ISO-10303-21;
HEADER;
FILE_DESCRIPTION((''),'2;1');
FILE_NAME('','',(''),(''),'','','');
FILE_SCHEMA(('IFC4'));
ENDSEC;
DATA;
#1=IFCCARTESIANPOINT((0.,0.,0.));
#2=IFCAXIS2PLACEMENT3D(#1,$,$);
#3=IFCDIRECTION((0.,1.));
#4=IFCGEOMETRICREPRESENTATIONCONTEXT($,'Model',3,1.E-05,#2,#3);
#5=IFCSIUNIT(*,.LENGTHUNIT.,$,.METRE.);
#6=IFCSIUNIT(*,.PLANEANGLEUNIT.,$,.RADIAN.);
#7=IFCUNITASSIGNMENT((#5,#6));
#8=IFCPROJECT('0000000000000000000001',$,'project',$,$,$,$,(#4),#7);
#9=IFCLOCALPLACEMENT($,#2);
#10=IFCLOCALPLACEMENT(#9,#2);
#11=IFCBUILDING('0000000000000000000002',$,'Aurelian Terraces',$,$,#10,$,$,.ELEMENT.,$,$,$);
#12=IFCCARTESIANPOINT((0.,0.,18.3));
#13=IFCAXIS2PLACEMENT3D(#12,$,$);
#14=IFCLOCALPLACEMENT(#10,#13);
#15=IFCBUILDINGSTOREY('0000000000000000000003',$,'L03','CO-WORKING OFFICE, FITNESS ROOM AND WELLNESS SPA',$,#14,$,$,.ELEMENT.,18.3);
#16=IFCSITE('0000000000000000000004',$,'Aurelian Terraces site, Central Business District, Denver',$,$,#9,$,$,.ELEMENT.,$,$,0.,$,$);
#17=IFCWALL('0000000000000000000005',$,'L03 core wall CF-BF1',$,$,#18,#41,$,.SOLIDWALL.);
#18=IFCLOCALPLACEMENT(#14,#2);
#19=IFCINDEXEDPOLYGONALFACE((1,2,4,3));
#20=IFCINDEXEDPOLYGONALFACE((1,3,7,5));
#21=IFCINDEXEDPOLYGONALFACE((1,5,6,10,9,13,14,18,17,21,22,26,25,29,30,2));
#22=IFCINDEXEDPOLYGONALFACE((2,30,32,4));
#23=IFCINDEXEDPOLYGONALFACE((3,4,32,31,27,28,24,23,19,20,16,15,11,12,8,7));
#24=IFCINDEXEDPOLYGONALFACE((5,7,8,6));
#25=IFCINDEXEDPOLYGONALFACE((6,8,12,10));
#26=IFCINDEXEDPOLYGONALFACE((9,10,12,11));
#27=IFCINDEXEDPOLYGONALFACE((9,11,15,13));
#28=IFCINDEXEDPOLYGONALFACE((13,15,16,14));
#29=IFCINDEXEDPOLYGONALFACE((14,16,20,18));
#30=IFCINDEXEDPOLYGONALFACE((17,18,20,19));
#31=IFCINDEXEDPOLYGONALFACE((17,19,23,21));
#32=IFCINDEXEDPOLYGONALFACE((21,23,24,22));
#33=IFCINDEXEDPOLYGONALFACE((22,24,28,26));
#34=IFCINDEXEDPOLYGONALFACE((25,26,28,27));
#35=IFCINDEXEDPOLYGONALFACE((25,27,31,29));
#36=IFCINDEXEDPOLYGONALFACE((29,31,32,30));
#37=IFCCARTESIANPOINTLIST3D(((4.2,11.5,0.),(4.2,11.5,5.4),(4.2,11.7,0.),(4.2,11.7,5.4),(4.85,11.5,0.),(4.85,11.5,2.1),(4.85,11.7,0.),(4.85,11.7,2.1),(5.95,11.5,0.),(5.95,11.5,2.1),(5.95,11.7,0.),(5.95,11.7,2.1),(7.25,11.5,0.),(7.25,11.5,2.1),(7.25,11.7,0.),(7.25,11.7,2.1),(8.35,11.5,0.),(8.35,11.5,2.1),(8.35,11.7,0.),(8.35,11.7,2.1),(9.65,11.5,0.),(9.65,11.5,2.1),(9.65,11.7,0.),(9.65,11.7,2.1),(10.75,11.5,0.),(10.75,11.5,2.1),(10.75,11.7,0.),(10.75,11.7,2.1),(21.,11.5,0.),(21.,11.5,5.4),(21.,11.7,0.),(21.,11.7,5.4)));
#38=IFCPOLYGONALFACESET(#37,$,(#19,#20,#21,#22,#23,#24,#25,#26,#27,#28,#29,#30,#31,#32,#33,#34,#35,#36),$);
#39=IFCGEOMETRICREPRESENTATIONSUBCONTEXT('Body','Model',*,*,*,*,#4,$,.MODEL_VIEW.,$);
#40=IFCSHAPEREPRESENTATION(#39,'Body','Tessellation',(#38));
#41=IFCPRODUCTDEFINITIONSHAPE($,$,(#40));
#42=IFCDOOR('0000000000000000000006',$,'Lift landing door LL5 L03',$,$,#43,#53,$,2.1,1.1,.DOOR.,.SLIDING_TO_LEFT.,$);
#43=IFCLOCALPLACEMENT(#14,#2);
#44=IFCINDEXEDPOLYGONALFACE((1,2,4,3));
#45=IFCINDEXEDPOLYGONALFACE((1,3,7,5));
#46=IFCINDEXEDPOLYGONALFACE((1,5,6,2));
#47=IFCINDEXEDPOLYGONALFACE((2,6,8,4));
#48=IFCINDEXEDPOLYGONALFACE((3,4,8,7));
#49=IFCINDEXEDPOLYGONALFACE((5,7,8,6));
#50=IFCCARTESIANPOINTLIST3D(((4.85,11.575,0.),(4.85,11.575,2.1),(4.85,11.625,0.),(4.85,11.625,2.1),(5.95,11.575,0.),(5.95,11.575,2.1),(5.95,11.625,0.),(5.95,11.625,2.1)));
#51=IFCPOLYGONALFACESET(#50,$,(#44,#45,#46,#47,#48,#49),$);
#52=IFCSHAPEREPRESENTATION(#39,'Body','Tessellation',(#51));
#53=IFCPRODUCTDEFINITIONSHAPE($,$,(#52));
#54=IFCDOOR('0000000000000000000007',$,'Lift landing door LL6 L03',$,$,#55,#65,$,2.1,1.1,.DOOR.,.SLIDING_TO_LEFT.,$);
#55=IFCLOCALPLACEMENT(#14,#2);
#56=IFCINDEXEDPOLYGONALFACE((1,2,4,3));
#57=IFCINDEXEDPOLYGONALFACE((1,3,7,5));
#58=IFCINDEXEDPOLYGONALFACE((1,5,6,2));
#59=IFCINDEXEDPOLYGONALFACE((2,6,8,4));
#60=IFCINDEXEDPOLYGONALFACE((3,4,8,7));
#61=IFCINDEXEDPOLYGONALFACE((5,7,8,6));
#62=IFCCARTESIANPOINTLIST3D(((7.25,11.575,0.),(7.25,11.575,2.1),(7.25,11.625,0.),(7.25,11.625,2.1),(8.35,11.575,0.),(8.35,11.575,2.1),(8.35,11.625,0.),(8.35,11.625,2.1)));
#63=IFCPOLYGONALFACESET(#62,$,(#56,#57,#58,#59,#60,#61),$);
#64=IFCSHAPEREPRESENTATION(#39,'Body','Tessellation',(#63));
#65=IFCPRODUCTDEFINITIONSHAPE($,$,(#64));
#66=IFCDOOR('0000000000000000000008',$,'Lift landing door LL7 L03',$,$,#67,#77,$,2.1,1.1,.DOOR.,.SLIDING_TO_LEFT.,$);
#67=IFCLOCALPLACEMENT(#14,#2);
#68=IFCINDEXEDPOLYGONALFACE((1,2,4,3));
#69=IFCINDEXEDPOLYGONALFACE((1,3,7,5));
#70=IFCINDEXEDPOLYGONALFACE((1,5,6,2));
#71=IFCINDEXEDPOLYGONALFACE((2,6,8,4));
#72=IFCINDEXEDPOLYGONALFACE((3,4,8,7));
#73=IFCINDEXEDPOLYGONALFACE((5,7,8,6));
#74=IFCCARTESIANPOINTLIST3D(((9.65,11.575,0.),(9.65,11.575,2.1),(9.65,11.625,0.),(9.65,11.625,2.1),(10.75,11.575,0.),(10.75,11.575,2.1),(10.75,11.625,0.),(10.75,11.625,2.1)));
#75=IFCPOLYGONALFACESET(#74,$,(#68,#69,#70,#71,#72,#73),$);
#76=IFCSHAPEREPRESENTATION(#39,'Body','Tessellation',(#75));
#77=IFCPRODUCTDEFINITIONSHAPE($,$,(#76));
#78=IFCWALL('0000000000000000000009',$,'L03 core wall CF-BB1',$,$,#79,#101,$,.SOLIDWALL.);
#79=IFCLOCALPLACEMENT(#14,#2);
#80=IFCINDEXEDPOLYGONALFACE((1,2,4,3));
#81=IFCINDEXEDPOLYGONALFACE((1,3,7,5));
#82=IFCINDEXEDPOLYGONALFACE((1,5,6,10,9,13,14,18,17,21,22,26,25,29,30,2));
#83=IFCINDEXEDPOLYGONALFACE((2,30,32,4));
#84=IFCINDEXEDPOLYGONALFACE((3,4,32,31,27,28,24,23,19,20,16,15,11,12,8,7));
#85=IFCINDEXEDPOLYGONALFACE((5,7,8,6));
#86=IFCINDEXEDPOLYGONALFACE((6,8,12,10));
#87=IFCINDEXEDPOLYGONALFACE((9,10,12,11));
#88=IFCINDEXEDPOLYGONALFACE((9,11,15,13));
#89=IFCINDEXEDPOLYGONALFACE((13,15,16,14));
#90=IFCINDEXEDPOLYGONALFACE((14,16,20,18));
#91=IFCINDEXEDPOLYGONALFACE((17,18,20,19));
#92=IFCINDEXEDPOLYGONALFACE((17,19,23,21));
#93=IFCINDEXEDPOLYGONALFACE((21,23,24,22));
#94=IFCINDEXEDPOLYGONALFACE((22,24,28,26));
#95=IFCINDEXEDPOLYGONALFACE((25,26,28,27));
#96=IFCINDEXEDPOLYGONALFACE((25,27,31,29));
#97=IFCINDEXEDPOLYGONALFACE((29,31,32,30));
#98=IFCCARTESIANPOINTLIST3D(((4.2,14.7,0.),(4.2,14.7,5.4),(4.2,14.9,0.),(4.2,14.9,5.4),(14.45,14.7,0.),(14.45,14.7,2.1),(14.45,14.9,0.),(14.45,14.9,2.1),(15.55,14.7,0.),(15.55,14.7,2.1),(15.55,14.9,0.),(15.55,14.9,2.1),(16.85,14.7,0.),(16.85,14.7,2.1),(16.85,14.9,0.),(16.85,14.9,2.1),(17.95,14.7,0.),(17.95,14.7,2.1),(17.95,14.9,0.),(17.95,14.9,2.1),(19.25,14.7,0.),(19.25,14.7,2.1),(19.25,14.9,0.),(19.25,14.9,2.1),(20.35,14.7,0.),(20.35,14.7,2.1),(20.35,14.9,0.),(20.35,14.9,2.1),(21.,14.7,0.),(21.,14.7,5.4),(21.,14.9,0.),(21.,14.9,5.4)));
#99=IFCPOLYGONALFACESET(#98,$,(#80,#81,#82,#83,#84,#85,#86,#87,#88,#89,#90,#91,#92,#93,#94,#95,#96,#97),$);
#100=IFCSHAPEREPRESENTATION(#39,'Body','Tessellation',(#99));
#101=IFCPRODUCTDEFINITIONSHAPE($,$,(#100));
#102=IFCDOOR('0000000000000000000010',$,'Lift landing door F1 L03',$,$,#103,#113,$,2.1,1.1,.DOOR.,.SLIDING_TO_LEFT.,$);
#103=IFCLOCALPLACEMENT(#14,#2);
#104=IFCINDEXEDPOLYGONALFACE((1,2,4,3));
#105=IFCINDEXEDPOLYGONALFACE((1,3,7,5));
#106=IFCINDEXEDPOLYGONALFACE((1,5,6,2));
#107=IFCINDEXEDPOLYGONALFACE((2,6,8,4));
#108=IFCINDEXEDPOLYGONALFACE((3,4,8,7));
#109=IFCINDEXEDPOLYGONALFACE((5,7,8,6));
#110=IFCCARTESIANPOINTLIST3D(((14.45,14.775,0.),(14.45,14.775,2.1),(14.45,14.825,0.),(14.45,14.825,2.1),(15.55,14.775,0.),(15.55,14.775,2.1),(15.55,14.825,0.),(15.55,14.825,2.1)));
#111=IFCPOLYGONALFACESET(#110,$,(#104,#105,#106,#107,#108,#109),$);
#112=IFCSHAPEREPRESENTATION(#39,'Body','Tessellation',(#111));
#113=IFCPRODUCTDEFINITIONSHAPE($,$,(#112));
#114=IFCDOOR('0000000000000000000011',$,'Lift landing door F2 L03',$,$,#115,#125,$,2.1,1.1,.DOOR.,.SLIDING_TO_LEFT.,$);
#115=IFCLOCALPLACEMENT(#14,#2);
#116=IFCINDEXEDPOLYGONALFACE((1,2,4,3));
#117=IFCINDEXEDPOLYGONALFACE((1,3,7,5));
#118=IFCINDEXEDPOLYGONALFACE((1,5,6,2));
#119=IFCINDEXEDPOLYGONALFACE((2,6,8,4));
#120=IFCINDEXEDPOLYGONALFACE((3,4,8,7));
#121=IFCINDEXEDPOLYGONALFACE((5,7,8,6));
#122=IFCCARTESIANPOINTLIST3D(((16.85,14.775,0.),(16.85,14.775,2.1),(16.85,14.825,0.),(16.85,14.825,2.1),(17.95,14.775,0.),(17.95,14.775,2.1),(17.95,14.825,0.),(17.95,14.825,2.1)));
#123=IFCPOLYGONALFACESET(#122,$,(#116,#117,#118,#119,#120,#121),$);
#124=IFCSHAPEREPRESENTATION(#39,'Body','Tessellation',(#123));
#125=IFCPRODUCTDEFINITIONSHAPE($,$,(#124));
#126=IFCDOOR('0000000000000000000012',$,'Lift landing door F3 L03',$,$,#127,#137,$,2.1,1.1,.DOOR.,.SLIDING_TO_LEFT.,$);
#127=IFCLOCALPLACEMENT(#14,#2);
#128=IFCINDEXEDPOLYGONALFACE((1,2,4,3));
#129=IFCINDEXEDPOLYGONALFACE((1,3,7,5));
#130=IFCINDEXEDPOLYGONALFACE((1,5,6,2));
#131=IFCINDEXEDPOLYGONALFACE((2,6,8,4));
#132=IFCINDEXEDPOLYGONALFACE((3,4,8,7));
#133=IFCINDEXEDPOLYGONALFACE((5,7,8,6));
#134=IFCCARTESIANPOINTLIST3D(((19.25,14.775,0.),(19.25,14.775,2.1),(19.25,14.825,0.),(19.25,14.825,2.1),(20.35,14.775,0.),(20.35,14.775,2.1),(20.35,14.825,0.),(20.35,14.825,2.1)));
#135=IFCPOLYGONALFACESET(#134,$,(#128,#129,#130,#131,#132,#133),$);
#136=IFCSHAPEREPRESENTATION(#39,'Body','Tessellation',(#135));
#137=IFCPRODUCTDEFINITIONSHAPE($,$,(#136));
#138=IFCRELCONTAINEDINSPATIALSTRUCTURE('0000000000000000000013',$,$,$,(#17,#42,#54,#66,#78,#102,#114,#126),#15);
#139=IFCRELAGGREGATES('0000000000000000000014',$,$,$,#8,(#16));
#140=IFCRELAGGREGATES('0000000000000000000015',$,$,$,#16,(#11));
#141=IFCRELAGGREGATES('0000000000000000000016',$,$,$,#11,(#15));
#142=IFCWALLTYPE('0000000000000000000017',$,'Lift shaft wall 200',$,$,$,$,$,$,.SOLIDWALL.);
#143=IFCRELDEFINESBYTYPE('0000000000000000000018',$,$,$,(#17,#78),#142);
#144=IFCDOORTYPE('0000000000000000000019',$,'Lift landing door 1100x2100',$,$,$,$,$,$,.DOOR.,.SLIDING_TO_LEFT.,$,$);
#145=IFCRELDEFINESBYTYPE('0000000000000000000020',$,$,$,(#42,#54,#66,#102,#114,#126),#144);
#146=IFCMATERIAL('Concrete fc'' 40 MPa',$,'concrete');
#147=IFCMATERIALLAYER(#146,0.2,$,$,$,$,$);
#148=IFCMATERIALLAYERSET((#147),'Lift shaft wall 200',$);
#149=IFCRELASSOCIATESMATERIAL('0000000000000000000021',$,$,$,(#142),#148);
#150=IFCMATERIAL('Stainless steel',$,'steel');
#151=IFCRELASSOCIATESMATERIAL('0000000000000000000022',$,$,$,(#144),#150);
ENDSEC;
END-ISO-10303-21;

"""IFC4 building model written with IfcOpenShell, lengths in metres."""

from ifc_helpers import new_model, si_unit, direction, frame, frame_2d, origin, place, context, subcontext, project, spatial, rectangle, extrude, source, transform, mapped, material, layer, layer_set, type_object, element, fill, save


model = new_model("IFC4")

# Units and contexts
model_context = context("Model", 3, precision=1e-05, world=origin(), true_north=direction((0.0, 1.0)))
body_context = subcontext(model_context, "Body", "Model", "MODEL_VIEW")
ifc_project = project(units=[si_unit("LENGTHUNIT", "METRE"), si_unit("PLANEANGLEUNIT", "RADIAN")], contexts=[model_context])

# Site, building, storey
site_placement = place(None, origin())
site = spatial("IfcSite", under=ifc_project, at=site_placement, Name="Aurelian Terraces site, Central Business District, Denver", CompositionType="ELEMENT", RefElevation=0.0)
building_placement = place(site_placement, origin())
building = spatial("IfcBuilding", under=site, at=building_placement, Name="Aurelian Terraces", CompositionType="ELEMENT")
storey_placement = place(building_placement, frame((0.0, 0.0, 18.3)))
storey = spatial("IfcBuildingStorey", under=building, at=storey_placement, Name="L03", Description="CO-WORKING OFFICE, FITNESS ROOM AND WELLNESS SPA", CompositionType="ELEMENT", Elevation=18.3)

# Walls, openings, doors
ifc_material_1 = material(Name="Concrete fc' 40 MPa", Category="concrete")
ifc_layer_1 = layer(ifc_material_1, 0.2)
ifc_layer_set_1 = layer_set([ifc_layer_1], Name="Lift shaft wall 200")
wall_type = type_object("IfcWallType", Name="Lift shaft wall 200", PredefinedType="SOLIDWALL", material=ifc_layer_set_1)
shared_shape_1 = source(origin(), body_context, "Body", "SweptSolid", [
    extrude(rectangle(XDim=16.8, YDim=0.2, at=frame_2d((8.4, 0.0))), origin(), (0.0, 0.0, 1.0), 5.4),
])
wall_1_placement = place(storey_placement, frame((4.2, 11.6, 0.0), z_axis=(0.0, 0.0, 1.0), x_axis=(1.0, 0.0, 0.0)))
wall_1 = element("IfcWall", 1, at=wall_1_placement, inside=storey, type_object=wall_type, Name="L03 core wall CF-BF1", PredefinedType="SOLIDWALL", context=body_context, shape_type="MappedRepresentation", body=[
    mapped(shared_shape_1, transform((0.0, 0.0, 0.0), scale=1.0)),
])
shared_shape_2 = source(origin(), body_context, "Body", "SweptSolid", [
    extrude(rectangle(XDim=1.1, YDim=2.1, at=frame_2d((0.55, 1.05))), frame((0.0, 0.11, 0.0), z_axis=(0.0, -1.0, 0.0), x_axis=(1.0, 0.0, 0.0)), (0.0, 0.0, 1.0), 0.22),
])
opening_1_placement = place(wall_1_placement, frame((0.65, 0.0, 0.0)))
opening_1 = element("IfcOpeningElement", 2, at=opening_1_placement, cuts=wall_1, PredefinedType="OPENING", context=body_context, shape_type="MappedRepresentation", body=[
    mapped(shared_shape_2, transform((0.0, 0.0, 0.0), scale=1.0)),
])
opening_2_placement = place(wall_1_placement, frame((3.05, 0.0, 0.0)))
opening_2 = element("IfcOpeningElement", 3, at=opening_2_placement, cuts=wall_1, PredefinedType="OPENING", context=body_context, shape_type="MappedRepresentation", body=[
    mapped(shared_shape_2, transform((0.0, 0.0, 0.0), scale=1.0)),
])
opening_3_placement = place(wall_1_placement, frame((5.45, 0.0, 0.0)))
opening_3 = element("IfcOpeningElement", 4, at=opening_3_placement, cuts=wall_1, PredefinedType="OPENING", context=body_context, shape_type="MappedRepresentation", body=[
    mapped(shared_shape_2, transform((0.0, 0.0, 0.0), scale=1.0)),
])
ifc_material_2 = material(Name="Stainless steel", Category="steel")
door_type = type_object("IfcDoorType", Name="Lift landing door 1100x2100", OperationType="SLIDING_TO_LEFT", PredefinedType="DOOR", material=ifc_material_2)
shared_shape_3 = source(origin(), body_context, "Body", "SweptSolid", [
    extrude(rectangle(XDim=1.1, YDim=2.1, at=frame_2d((0.55, 1.05))), frame((0.0, 0.025, 0.0), z_axis=(0.0, -1.0, 0.0), x_axis=(1.0, 0.0, 0.0)), (0.0, 0.0, 1.0), 0.05),
])
door_1_placement = place(opening_1_placement, origin())
door_1 = element("IfcDoor", 5, at=door_1_placement, inside=storey, type_object=door_type, Name="Lift landing door LL5 L03", OperationType="SLIDING_TO_LEFT", OverallHeight=2.1, OverallWidth=1.1, PredefinedType="DOOR", context=body_context, shape_type="MappedRepresentation", body=[
    mapped(shared_shape_3, transform((0.0, 0.0, 0.0), scale=1.0)),
])
fill(opening_1, door_1)
door_2_placement = place(opening_2_placement, origin())
door_2 = element("IfcDoor", 6, at=door_2_placement, inside=storey, type_object=door_type, Name="Lift landing door LL6 L03", OperationType="SLIDING_TO_LEFT", OverallHeight=2.1, OverallWidth=1.1, PredefinedType="DOOR", context=body_context, shape_type="MappedRepresentation", body=[
    mapped(shared_shape_3, transform((0.0, 0.0, 0.0), scale=1.0)),
])
fill(opening_2, door_2)
door_3_placement = place(opening_3_placement, origin())
door_3 = element("IfcDoor", 7, at=door_3_placement, inside=storey, type_object=door_type, Name="Lift landing door LL7 L03", OperationType="SLIDING_TO_LEFT", OverallHeight=2.1, OverallWidth=1.1, PredefinedType="DOOR", context=body_context, shape_type="MappedRepresentation", body=[
    mapped(shared_shape_3, transform((0.0, 0.0, 0.0), scale=1.0)),
])
fill(opening_3, door_3)
wall_2_placement = place(storey_placement, frame((4.2, 14.8, 0.0), z_axis=(0.0, 0.0, 1.0), x_axis=(1.0, 0.0, 0.0)))
wall_2 = element("IfcWall", 8, at=wall_2_placement, inside=storey, type_object=wall_type, Name="L03 core wall CF-BB1", PredefinedType="SOLIDWALL", context=body_context, shape_type="MappedRepresentation", body=[
    mapped(shared_shape_1, transform((0.0, 0.0, 0.0), scale=1.0)),
])
opening_4_placement = place(wall_2_placement, frame((10.25, 0.0, 0.0)))
opening_4 = element("IfcOpeningElement", 9, at=opening_4_placement, cuts=wall_2, PredefinedType="OPENING", context=body_context, shape_type="MappedRepresentation", body=[
    mapped(shared_shape_2, transform((0.0, 0.0, 0.0), scale=1.0)),
])
opening_5_placement = place(wall_2_placement, frame((12.65, 0.0, 0.0)))
opening_5 = element("IfcOpeningElement", 10, at=opening_5_placement, cuts=wall_2, PredefinedType="OPENING", context=body_context, shape_type="MappedRepresentation", body=[
    mapped(shared_shape_2, transform((0.0, 0.0, 0.0), scale=1.0)),
])
opening_6_placement = place(wall_2_placement, frame((15.05, 0.0, 0.0)))
opening_6 = element("IfcOpeningElement", 11, at=opening_6_placement, cuts=wall_2, PredefinedType="OPENING", context=body_context, shape_type="MappedRepresentation", body=[
    mapped(shared_shape_2, transform((0.0, 0.0, 0.0), scale=1.0)),
])
door_4_placement = place(opening_4_placement, origin())
door_4 = element("IfcDoor", 12, at=door_4_placement, inside=storey, type_object=door_type, Name="Lift landing door F1 L03", OperationType="SLIDING_TO_LEFT", OverallHeight=2.1, OverallWidth=1.1, PredefinedType="DOOR", context=body_context, shape_type="MappedRepresentation", body=[
    mapped(shared_shape_3, transform((0.0, 0.0, 0.0), scale=1.0)),
])
fill(opening_4, door_4)
door_5_placement = place(opening_5_placement, origin())
door_5 = element("IfcDoor", 13, at=door_5_placement, inside=storey, type_object=door_type, Name="Lift landing door F2 L03", OperationType="SLIDING_TO_LEFT", OverallHeight=2.1, OverallWidth=1.1, PredefinedType="DOOR", context=body_context, shape_type="MappedRepresentation", body=[
    mapped(shared_shape_3, transform((0.0, 0.0, 0.0), scale=1.0)),
])
fill(opening_5, door_5)
door_6_placement = place(opening_6_placement, origin())
door_6 = element("IfcDoor", 14, at=door_6_placement, inside=storey, type_object=door_type, Name="Lift landing door F3 L03", OperationType="SLIDING_TO_LEFT", OverallHeight=2.1, OverallWidth=1.1, PredefinedType="DOOR", context=body_context, shape_type="MappedRepresentation", body=[
    mapped(shared_shape_3, transform((0.0, 0.0, 0.0), scale=1.0)),
])
fill(opening_6, door_6)

save(model, "model.ifc")
